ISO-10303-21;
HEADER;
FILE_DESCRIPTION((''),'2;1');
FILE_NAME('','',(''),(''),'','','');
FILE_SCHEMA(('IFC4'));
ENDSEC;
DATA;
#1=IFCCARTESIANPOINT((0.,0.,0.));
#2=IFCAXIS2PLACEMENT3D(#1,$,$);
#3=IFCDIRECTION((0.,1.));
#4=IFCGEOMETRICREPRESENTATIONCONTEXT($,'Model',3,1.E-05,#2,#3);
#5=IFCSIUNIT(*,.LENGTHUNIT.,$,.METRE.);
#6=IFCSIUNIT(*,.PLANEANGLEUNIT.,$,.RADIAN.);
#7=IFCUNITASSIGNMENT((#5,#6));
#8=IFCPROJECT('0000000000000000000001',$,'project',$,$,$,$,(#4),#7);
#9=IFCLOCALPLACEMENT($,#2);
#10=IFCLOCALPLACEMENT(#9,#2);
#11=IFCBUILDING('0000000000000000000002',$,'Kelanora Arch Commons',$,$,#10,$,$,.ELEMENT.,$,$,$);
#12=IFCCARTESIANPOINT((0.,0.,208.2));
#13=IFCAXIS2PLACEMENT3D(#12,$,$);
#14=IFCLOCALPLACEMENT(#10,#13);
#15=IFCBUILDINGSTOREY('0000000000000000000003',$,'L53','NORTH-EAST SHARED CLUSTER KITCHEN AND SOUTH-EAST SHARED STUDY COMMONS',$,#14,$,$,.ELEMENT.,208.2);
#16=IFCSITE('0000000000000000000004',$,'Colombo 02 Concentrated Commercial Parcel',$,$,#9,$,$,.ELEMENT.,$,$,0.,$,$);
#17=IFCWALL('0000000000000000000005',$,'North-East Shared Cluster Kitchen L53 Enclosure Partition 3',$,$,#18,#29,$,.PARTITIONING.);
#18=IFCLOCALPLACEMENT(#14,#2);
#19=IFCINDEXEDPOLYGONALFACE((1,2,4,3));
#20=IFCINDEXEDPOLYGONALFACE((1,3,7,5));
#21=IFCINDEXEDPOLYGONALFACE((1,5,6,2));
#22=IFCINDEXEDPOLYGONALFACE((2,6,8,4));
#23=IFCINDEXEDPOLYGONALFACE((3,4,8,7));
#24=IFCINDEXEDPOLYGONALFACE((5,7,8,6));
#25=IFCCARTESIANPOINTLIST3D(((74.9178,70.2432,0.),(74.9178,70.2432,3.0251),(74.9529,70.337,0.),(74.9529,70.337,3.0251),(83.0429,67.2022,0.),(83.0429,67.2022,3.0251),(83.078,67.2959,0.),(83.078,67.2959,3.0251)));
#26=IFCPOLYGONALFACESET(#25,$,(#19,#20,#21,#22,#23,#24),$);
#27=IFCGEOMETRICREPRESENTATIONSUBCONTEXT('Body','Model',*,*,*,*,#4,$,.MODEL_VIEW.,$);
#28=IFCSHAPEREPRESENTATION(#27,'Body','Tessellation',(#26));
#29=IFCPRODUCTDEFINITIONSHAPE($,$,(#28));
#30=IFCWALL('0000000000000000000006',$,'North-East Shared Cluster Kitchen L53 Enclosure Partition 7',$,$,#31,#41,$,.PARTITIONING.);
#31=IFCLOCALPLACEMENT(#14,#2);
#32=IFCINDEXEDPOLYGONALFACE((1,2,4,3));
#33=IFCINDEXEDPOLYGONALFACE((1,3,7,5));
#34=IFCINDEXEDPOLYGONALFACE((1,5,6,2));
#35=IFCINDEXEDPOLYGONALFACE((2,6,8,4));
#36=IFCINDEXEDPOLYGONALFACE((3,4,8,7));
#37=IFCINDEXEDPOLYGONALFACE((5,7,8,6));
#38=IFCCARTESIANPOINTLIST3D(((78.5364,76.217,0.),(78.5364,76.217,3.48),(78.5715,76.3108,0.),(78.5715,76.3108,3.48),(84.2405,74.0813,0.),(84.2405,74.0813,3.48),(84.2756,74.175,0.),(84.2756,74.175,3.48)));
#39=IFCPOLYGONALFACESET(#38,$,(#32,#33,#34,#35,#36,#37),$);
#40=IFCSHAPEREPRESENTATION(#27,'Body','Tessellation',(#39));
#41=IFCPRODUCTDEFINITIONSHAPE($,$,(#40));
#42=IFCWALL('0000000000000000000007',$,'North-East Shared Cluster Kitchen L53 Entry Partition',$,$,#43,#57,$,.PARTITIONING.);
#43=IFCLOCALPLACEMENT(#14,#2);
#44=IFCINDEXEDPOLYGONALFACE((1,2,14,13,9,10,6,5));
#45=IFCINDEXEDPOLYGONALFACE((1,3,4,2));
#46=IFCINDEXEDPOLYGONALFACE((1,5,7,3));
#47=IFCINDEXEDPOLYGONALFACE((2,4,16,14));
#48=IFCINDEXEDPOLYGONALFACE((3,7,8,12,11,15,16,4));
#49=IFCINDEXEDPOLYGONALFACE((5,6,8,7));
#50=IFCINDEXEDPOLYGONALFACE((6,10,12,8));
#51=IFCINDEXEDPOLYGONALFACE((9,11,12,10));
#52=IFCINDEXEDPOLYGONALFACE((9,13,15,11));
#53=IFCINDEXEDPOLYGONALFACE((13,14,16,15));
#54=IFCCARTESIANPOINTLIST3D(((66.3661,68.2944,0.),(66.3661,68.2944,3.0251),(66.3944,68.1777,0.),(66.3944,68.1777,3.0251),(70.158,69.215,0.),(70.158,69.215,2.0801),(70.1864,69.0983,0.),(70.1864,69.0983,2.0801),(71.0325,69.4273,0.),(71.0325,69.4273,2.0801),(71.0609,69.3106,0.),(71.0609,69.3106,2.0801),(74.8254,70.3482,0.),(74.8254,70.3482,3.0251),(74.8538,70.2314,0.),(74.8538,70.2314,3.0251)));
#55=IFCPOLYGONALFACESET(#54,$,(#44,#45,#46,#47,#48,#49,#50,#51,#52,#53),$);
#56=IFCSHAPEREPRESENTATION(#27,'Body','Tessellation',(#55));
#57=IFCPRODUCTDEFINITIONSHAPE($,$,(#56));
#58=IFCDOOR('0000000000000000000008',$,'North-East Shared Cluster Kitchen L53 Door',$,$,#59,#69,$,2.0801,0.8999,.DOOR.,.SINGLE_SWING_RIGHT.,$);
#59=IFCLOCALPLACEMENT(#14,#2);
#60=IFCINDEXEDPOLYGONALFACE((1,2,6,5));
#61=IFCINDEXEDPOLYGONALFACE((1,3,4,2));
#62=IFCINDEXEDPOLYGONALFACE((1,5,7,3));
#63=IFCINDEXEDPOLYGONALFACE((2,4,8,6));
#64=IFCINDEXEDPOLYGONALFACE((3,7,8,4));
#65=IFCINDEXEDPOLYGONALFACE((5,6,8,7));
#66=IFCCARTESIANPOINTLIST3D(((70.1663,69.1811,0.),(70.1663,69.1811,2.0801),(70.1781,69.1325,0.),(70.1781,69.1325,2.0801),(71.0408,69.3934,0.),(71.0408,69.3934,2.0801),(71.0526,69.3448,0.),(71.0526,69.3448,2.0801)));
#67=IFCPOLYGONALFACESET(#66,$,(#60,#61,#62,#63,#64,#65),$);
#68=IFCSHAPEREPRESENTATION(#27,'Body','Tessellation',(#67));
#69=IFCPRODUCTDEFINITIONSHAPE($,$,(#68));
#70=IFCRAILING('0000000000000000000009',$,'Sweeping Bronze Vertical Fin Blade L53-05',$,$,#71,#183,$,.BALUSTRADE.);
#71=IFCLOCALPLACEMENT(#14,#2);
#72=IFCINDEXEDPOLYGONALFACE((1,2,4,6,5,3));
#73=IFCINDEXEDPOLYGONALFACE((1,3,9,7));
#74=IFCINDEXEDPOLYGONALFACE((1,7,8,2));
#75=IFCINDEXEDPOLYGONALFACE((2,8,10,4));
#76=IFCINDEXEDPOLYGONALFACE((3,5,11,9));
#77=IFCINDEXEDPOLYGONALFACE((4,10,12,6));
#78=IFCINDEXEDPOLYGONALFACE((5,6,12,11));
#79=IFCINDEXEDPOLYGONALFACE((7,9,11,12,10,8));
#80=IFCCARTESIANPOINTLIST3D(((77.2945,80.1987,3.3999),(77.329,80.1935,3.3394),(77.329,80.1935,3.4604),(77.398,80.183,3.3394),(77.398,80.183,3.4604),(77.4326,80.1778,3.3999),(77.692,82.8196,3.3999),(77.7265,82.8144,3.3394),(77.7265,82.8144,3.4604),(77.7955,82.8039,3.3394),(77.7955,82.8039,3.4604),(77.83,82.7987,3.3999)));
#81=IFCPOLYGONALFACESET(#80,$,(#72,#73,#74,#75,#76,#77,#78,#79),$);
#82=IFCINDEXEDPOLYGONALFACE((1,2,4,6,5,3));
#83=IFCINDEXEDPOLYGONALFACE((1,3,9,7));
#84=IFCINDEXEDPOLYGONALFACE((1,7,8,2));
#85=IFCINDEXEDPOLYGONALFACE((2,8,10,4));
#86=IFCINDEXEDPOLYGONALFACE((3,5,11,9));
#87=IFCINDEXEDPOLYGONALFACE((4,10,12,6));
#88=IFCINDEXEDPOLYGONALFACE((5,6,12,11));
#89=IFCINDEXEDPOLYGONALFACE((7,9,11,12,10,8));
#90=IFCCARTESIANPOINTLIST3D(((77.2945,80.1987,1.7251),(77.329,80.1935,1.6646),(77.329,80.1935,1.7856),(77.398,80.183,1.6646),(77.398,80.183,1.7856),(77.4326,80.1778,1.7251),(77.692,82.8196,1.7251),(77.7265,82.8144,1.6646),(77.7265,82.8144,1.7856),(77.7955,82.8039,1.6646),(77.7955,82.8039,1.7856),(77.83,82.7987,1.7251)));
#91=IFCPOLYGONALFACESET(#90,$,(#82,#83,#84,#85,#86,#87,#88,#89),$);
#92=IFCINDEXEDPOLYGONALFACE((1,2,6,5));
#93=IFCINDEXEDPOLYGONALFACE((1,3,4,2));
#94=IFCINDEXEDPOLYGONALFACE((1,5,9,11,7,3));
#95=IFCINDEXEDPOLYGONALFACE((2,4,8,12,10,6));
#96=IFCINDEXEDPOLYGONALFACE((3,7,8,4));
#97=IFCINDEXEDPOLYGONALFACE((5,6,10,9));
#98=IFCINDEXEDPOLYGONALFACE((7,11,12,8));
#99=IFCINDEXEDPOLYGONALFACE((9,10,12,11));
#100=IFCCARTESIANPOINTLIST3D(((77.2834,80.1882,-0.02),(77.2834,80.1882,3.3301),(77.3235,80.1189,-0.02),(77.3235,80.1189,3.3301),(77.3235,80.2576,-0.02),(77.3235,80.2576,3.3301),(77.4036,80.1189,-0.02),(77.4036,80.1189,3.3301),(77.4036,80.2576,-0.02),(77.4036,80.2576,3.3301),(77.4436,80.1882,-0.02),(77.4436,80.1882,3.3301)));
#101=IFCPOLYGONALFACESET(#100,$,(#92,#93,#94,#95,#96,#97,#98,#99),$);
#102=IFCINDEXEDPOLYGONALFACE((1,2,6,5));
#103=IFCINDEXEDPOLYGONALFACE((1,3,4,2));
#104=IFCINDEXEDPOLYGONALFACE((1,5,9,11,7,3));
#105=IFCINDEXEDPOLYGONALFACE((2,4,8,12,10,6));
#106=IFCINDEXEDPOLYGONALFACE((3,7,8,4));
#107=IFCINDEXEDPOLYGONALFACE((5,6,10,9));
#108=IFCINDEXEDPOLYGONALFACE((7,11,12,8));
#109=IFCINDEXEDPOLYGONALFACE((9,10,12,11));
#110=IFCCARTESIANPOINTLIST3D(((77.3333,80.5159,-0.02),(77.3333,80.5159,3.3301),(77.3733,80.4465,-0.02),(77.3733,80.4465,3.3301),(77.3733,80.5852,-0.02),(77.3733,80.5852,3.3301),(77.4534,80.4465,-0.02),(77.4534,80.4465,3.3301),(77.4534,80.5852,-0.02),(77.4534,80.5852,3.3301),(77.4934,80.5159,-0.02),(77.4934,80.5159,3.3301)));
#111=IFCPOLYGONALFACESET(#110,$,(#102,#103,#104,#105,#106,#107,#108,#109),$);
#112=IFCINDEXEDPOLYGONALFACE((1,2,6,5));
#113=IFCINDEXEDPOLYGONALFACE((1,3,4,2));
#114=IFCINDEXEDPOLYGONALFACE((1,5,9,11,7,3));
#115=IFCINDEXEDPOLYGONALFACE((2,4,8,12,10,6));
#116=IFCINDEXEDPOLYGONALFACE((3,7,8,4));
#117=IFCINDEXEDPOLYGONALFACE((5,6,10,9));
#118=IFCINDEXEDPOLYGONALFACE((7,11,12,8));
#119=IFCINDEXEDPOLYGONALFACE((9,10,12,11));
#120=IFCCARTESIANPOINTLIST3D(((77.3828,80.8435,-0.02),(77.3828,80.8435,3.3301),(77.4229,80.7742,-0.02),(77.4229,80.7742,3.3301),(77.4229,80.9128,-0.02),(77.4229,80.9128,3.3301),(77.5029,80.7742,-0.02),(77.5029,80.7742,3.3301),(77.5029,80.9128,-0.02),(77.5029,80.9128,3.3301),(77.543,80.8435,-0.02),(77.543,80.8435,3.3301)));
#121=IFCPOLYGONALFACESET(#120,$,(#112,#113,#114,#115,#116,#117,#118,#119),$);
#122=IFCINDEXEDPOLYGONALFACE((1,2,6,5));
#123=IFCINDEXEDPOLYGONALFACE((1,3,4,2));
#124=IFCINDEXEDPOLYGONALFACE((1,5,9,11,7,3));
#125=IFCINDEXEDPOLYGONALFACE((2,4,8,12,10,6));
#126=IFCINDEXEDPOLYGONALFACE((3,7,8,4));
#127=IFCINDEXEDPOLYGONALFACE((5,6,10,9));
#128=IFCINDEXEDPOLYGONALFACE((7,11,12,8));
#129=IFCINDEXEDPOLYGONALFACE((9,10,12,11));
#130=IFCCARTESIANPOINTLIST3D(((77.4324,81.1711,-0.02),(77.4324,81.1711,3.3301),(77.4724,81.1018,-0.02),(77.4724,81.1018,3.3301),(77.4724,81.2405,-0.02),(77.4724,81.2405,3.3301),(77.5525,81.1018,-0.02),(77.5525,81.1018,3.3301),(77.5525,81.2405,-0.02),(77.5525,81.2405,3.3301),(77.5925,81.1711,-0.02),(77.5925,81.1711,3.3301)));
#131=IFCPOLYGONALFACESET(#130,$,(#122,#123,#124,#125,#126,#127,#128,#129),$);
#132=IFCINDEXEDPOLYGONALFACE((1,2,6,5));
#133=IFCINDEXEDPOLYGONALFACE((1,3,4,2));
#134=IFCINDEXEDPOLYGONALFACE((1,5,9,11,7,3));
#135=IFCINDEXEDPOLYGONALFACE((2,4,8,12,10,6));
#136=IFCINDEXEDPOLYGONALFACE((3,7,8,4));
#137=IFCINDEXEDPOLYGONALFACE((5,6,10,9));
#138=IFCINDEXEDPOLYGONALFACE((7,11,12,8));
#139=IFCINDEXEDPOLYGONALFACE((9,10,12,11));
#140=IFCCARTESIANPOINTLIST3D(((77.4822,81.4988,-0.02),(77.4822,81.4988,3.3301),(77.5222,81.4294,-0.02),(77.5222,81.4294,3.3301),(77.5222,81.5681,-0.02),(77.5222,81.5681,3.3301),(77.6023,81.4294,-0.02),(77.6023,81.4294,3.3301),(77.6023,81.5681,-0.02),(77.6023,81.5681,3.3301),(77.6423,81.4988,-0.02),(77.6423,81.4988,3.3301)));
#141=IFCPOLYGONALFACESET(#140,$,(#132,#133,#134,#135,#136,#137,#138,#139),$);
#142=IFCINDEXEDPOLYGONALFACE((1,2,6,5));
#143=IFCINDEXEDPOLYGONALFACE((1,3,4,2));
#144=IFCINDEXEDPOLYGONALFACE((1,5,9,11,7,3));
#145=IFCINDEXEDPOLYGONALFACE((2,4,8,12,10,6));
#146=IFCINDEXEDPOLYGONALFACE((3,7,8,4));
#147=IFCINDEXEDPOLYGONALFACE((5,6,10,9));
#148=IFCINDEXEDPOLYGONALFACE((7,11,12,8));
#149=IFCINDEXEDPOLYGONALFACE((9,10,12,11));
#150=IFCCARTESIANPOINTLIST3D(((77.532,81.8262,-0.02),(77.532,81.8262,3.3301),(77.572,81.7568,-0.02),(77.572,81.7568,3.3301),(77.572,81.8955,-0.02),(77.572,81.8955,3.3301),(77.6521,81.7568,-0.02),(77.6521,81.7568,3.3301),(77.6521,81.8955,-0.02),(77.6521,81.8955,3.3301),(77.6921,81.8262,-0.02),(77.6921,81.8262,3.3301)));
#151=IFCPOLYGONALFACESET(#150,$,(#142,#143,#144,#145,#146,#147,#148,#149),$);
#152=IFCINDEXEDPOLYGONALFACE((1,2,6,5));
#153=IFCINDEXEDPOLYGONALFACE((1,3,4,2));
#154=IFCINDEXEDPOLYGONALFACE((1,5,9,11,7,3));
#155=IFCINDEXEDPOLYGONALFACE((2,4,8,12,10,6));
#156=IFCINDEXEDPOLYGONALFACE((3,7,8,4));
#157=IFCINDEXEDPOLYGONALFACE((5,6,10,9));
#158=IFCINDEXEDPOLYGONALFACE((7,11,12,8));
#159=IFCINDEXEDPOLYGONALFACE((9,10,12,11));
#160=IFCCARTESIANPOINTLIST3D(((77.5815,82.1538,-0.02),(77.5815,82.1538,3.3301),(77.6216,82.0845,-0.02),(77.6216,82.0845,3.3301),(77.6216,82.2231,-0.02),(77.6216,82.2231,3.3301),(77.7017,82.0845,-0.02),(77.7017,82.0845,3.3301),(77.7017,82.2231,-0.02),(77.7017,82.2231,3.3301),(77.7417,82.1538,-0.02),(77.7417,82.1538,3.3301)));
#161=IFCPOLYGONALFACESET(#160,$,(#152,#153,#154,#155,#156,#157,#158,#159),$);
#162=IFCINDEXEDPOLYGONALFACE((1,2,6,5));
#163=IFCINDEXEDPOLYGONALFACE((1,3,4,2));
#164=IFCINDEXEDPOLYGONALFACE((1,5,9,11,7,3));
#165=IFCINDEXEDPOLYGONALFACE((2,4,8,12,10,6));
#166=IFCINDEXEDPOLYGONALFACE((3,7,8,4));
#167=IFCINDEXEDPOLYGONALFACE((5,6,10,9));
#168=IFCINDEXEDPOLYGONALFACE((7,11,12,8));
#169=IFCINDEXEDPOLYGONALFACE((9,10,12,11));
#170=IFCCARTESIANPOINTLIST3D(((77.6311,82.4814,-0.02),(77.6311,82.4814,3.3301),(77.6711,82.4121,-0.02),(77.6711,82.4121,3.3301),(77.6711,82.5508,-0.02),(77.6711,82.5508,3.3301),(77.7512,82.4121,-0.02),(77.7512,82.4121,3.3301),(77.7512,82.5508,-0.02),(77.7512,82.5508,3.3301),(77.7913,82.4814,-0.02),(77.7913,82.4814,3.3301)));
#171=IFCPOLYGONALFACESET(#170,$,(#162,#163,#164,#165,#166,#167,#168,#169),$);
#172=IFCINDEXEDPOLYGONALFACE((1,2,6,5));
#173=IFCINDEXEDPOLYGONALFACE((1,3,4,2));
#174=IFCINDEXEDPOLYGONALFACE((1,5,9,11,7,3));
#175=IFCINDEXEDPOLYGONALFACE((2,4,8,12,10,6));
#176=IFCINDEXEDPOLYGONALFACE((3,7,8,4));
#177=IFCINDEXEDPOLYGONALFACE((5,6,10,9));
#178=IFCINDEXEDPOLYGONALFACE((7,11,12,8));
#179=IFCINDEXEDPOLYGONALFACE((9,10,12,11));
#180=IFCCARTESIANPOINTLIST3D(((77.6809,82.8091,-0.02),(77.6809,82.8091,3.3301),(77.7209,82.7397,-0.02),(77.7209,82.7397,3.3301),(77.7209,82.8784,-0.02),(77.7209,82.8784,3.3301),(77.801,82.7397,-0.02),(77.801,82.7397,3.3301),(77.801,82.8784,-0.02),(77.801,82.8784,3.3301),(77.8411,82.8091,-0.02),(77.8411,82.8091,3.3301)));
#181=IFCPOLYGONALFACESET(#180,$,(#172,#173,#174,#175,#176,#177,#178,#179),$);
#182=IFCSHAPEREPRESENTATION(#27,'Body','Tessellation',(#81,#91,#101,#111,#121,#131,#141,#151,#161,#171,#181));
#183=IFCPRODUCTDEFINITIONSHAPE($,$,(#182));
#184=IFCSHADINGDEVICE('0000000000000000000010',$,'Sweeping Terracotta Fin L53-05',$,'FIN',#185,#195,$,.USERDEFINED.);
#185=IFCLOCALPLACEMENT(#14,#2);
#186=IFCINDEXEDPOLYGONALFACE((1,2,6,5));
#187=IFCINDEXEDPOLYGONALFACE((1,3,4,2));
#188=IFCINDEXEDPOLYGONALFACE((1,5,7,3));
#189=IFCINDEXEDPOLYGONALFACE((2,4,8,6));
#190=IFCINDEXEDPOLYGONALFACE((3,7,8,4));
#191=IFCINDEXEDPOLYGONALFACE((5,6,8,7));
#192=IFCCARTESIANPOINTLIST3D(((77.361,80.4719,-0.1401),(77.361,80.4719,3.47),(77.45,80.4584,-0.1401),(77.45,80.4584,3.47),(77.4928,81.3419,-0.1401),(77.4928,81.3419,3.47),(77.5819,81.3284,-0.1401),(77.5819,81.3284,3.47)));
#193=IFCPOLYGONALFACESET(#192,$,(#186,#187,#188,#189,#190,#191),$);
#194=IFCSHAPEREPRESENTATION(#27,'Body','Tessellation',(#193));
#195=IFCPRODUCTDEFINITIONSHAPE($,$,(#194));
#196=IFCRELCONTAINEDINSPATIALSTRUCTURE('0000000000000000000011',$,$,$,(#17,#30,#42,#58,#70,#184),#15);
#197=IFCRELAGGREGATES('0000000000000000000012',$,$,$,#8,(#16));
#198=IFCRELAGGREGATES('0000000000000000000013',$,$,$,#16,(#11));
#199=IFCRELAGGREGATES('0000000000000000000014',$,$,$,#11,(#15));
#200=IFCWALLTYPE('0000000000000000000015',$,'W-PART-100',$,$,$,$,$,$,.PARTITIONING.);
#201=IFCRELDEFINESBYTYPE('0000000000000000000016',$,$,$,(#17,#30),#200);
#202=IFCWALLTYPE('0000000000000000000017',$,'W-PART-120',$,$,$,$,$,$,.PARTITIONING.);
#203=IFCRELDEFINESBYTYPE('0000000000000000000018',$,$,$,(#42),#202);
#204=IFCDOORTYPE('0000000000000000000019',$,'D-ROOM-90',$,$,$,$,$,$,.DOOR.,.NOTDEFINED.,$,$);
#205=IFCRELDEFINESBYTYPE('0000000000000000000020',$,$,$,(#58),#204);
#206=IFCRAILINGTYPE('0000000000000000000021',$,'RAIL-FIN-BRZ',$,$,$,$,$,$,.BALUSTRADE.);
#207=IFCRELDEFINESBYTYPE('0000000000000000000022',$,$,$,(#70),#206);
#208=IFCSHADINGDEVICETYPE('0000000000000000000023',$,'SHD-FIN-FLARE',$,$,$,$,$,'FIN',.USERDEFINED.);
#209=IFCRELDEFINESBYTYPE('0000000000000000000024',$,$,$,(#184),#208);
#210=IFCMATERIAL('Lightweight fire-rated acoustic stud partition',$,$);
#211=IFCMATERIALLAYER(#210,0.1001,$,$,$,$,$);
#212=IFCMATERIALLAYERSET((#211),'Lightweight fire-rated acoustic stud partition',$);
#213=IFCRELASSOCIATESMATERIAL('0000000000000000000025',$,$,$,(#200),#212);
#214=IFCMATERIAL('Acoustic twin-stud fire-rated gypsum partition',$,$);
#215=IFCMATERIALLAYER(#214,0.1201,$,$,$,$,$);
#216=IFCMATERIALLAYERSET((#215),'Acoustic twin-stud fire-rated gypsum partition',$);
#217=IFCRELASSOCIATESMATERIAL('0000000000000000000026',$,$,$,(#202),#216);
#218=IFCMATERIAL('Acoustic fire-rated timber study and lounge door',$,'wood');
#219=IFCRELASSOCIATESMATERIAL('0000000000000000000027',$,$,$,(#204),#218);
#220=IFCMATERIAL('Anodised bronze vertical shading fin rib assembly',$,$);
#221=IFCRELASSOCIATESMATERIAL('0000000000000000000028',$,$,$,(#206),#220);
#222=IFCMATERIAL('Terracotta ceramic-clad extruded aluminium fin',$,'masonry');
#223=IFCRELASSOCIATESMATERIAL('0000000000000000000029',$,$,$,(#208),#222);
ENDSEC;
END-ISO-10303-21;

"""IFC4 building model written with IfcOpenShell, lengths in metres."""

from ifc_helpers import new_model, si_unit, direction, frame, frame_2d, origin, origin_2d, place, context, subcontext, project, spatial, polyline, rectangle, outline, extrude, source, transform, mapped, material, layer, layer_set, type_object, element, fill, save


model = new_model("IFC4")

# Units and contexts
model_context = context("Model", 3, precision=1e-05, world=origin(), true_north=direction((0.0, 1.0)))
body_context = subcontext(model_context, "Body", "Model", "MODEL_VIEW")
ifc_project = project(units=[si_unit("LENGTHUNIT", "METRE"), si_unit("PLANEANGLEUNIT", "RADIAN")], contexts=[model_context])

# Site, building, storey
site_placement = place(None, origin())
site = spatial("IfcSite", under=ifc_project, at=site_placement, Name="Colombo 02 Concentrated Commercial Parcel", CompositionType="ELEMENT", RefElevation=0.0)
building_placement = place(site_placement, origin())
building = spatial("IfcBuilding", under=site, at=building_placement, Name="Kelanora Arch Commons", CompositionType="ELEMENT")
storey_placement = place(building_placement, frame((0.0, 0.0, 208.2)))
storey = spatial("IfcBuildingStorey", under=building, at=storey_placement, Name="L53", Description="NORTH-EAST SHARED CLUSTER KITCHEN AND SOUTH-EAST SHARED STUDY COMMONS", CompositionType="ELEMENT", Elevation=208.2)

# Walls
ifc_material_1 = material(Name="Lightweight fire-rated acoustic stud partition")
ifc_layer_1 = layer(ifc_material_1, 0.1001)
ifc_layer_set_1 = layer_set([ifc_layer_1], Name="Lightweight fire-rated acoustic stud partition")
wall_type_1 = type_object("IfcWallType", Name="W-PART-100", PredefinedType="PARTITIONING", material=ifc_layer_set_1)
wall_1_placement = place(storey_placement, frame((83.0605, 67.249, 0.0), z_axis=(0.0, 0.0, 1.0), x_axis=(-0.936551, 0.350531, 0.0)))
element("IfcWall", 1, at=wall_1_placement, inside=storey, type_object=wall_type_1, Name="North-East Shared Cluster Kitchen L53 Enclosure Partition 3", PredefinedType="PARTITIONING", context=body_context, shape_type="SweptSolid", body=[
    extrude(rectangle(XDim=8.6755, YDim=0.1001, at=frame_2d((4.3379, 0.0))), origin(), (0.0, 0.0, 1.0), 3.0251),
])
wall_2_placement = place(storey_placement, frame((78.554, 76.2639, 0.0), z_axis=(0.0, 0.0, 1.0), x_axis=(0.936507, -0.350649, 0.0)))
element("IfcWall", 2, at=wall_2_placement, inside=storey, type_object=wall_type_1, Name="North-East Shared Cluster Kitchen L53 Enclosure Partition 7", PredefinedType="PARTITIONING", context=body_context, shape_type="SweptSolid", body=[
    extrude(rectangle(XDim=6.0908, YDim=0.1001, at=frame_2d((3.0454, 0.0))), origin(), (0.0, 0.0, 1.0), 3.48),
])

# Wall, opening, door
ifc_material_2 = material(Name="Acoustic twin-stud fire-rated gypsum partition")
ifc_layer_2 = layer(ifc_material_2, 0.1201)
ifc_layer_set_2 = layer_set([ifc_layer_2], Name="Acoustic twin-stud fire-rated gypsum partition")
wall_type_2 = type_object("IfcWallType", Name="W-PART-120", PredefinedType="PARTITIONING", material=ifc_layer_set_2)
wall_3_placement = place(storey_placement, frame((74.8396, 70.2898, 0.0), z_axis=(0.0, 0.0, 1.0), x_axis=(-0.971771, -0.235924, 0.0)))
wall_3 = element("IfcWall", 3, at=wall_3_placement, inside=storey, type_object=wall_type_2, Name="North-East Shared Cluster Kitchen L53 Entry Partition", PredefinedType="PARTITIONING", context=body_context, shape_type="SweptSolid", body=[
    extrude(rectangle(XDim=8.7051, YDim=0.1201, at=frame_2d((4.3525, 0.0))), origin(), (0.0, 0.0, 1.0), 3.0251),
])
opening_1_placement = place(wall_3_placement, frame((3.9031, 0.0, 0.0)))
opening_1 = element("IfcOpeningElement", 4, at=opening_1_placement, cuts=wall_3, PredefinedType="OPENING", context=body_context, shape_type="SweptSolid", body=[
    extrude(rectangle(XDim=0.8999, YDim=2.0801, at=frame_2d((0.45, 1.04))), frame((0.0, 0.0701, 0.0), z_axis=(0.0, -1.0, 0.0), x_axis=(1.0, 0.0, 0.0)), (0.0, 0.0, 1.0), 0.1401),
])
ifc_material_3 = material(Name="Acoustic fire-rated timber study and lounge door", Category="wood")
door_type_1 = type_object("IfcDoorType", Name="D-ROOM-90", OperationType="NOTDEFINED", PredefinedType="DOOR", material=ifc_material_3)
door_1_placement = place(opening_1_placement, origin())
door_1 = element("IfcDoor", 5, at=door_1_placement, inside=storey, type_object=door_type_1, Name="North-East Shared Cluster Kitchen L53 Door", OperationType="SINGLE_SWING_RIGHT", OverallHeight=2.0801, OverallWidth=0.8999, PredefinedType="DOOR", context=body_context, shape_type="SweptSolid", body=[
    extrude(rectangle(XDim=0.8999, YDim=2.0801, at=frame_2d((0.45, 1.04))), frame((0.0, 0.0249, 0.0), z_axis=(0.0, -1.0, 0.0), x_axis=(1.0, 0.0, 0.0)), (0.0, 0.0, 1.0), 0.05),
])
fill(opening_1, door_1)

# Railing
ifc_material_4 = material(Name="Anodised bronze vertical shading fin rib assembly")
railing_type = type_object("IfcRailingType", Name="RAIL-FIN-BRZ", PredefinedType="BALUSTRADE", material=ifc_material_4)
railing_placement = place(storey_placement, frame((77.3635, 80.1882, -0.02)))
element("IfcRailing", 6, at=railing_placement, inside=storey, type_object=railing_type, Name="Sweeping Bronze Vertical Fin Blade L53-05", PredefinedType="BALUSTRADE", context=body_context, shape_type="SweptSolid", body=[
    extrude(outline(polyline([(0.0698, 0.0), (0.0349, 0.0605), (-0.0349, 0.0605), (-0.0698, 0.0), (-0.0349, -0.0605), (0.0349, -0.0605), (0.0698, 0.0)])), frame((0.0, 0.0, 3.4199), z_axis=(0.149939, 0.988695, 0.0), x_axis=(-0.988695, 0.149939, 0.0)), (0.0, 0.0, 1.0), 2.6509),
    extrude(outline(polyline([(0.0698, 0.0), (0.0349, 0.0605), (-0.0349, 0.0605), (-0.0698, 0.0), (-0.0349, -0.0605), (0.0349, -0.0605), (0.0698, 0.0)])), frame((0.0, 0.0, 1.7451), z_axis=(0.149939, 0.988695, 0.0), x_axis=(-0.988695, 0.149939, 0.0)), (0.0, 0.0, 1.0), 2.6509),
    extrude(outline(polyline([(0.0801, 0.0), (0.04, 0.0693), (-0.04, 0.0693), (-0.0801, 0.0), (-0.04, -0.0693), (0.04, -0.0693), (0.0801, 0.0)])), origin(), (0.0, 0.0, 1.0), 3.3501),
    extrude(outline(polyline([(0.0801, 0.0), (0.04, 0.0693), (-0.04, 0.0693), (-0.0801, 0.0), (-0.04, -0.0693), (0.04, -0.0693), (0.0801, 0.0)])), frame((0.0498, 0.3276, 0.0)), (0.0, 0.0, 1.0), 3.3501),
    extrude(outline(polyline([(0.0801, 0.0), (0.04, 0.0693), (-0.04, 0.0693), (-0.0801, 0.0), (-0.04, -0.0693), (0.04, -0.0693), (0.0801, 0.0)])), frame((0.0994, 0.6553, 0.0)), (0.0, 0.0, 1.0), 3.3501),
    extrude(outline(polyline([(0.0801, 0.0), (0.04, 0.0693), (-0.04, 0.0693), (-0.0801, 0.0), (-0.04, -0.0693), (0.04, -0.0693), (0.0801, 0.0)])), frame((0.1489, 0.9829, 0.0)), (0.0, 0.0, 1.0), 3.3501),
    extrude(outline(polyline([(0.0801, 0.0), (0.04, 0.0693), (-0.04, 0.0693), (-0.0801, 0.0), (-0.04, -0.0693), (0.04, -0.0693), (0.0801, 0.0)])), frame((0.1987, 1.3105, 0.0)), (0.0, 0.0, 1.0), 3.3501),
    extrude(outline(polyline([(0.0801, 0.0), (0.04, 0.0693), (-0.04, 0.0693), (-0.0801, 0.0), (-0.04, -0.0693), (0.04, -0.0693), (0.0801, 0.0)])), frame((0.2485, 1.6379, 0.0)), (0.0, 0.0, 1.0), 3.3501),
    extrude(outline(polyline([(0.0801, 0.0), (0.04, 0.0693), (-0.04, 0.0693), (-0.0801, 0.0), (-0.04, -0.0693), (0.04, -0.0693), (0.0801, 0.0)])), frame((0.2981, 1.9656, 0.0)), (0.0, 0.0, 1.0), 3.3501),
    extrude(outline(polyline([(0.0801, 0.0), (0.04, 0.0693), (-0.04, 0.0693), (-0.0801, 0.0), (-0.04, -0.0693), (0.04, -0.0693), (0.0801, 0.0)])), frame((0.3477, 2.2932, 0.0)), (0.0, 0.0, 1.0), 3.3501),
    extrude(outline(polyline([(0.0801, 0.0), (0.04, 0.0693), (-0.04, 0.0693), (-0.0801, 0.0), (-0.04, -0.0693), (0.04, -0.0693), (0.0801, 0.0)])), frame((0.3975, 2.6208, 0.0)), (0.0, 0.0, 1.0), 3.3501),
])

# Shading device
ifc_material_5 = material(Name="Terracotta ceramic-clad extruded aluminium fin", Category="masonry")
shading_device_type = type_object("IfcShadingDeviceType", Name="SHD-FIN-FLARE", ElementType="FIN", PredefinedType="USERDEFINED", material=ifc_material_5)
shared_shape_1 = source(origin(), body_context, "Body", "SweptSolid", [
    extrude(rectangle(XDim=0.8799, YDim=0.0901, at=origin_2d()), origin(), (0.0, 0.0, 1.0), 3.6101),
])
shading_device_placement = place(storey_placement, frame((77.4714, 80.9001, -0.1401), z_axis=(0.0, 0.0, 1.0), x_axis=(0.14988, 0.988704, 0.0)))
element("IfcShadingDevice", 7, at=shading_device_placement, inside=storey, type_object=shading_device_type, Name="Sweeping Terracotta Fin L53-05", ObjectType="FIN", PredefinedType="USERDEFINED", context=body_context, shape_type="MappedRepresentation", body=[
    mapped(shared_shape_1, transform((0.0, 0.0, 0.0), scale=1.0)),
])

save(model, "model.ifc")
